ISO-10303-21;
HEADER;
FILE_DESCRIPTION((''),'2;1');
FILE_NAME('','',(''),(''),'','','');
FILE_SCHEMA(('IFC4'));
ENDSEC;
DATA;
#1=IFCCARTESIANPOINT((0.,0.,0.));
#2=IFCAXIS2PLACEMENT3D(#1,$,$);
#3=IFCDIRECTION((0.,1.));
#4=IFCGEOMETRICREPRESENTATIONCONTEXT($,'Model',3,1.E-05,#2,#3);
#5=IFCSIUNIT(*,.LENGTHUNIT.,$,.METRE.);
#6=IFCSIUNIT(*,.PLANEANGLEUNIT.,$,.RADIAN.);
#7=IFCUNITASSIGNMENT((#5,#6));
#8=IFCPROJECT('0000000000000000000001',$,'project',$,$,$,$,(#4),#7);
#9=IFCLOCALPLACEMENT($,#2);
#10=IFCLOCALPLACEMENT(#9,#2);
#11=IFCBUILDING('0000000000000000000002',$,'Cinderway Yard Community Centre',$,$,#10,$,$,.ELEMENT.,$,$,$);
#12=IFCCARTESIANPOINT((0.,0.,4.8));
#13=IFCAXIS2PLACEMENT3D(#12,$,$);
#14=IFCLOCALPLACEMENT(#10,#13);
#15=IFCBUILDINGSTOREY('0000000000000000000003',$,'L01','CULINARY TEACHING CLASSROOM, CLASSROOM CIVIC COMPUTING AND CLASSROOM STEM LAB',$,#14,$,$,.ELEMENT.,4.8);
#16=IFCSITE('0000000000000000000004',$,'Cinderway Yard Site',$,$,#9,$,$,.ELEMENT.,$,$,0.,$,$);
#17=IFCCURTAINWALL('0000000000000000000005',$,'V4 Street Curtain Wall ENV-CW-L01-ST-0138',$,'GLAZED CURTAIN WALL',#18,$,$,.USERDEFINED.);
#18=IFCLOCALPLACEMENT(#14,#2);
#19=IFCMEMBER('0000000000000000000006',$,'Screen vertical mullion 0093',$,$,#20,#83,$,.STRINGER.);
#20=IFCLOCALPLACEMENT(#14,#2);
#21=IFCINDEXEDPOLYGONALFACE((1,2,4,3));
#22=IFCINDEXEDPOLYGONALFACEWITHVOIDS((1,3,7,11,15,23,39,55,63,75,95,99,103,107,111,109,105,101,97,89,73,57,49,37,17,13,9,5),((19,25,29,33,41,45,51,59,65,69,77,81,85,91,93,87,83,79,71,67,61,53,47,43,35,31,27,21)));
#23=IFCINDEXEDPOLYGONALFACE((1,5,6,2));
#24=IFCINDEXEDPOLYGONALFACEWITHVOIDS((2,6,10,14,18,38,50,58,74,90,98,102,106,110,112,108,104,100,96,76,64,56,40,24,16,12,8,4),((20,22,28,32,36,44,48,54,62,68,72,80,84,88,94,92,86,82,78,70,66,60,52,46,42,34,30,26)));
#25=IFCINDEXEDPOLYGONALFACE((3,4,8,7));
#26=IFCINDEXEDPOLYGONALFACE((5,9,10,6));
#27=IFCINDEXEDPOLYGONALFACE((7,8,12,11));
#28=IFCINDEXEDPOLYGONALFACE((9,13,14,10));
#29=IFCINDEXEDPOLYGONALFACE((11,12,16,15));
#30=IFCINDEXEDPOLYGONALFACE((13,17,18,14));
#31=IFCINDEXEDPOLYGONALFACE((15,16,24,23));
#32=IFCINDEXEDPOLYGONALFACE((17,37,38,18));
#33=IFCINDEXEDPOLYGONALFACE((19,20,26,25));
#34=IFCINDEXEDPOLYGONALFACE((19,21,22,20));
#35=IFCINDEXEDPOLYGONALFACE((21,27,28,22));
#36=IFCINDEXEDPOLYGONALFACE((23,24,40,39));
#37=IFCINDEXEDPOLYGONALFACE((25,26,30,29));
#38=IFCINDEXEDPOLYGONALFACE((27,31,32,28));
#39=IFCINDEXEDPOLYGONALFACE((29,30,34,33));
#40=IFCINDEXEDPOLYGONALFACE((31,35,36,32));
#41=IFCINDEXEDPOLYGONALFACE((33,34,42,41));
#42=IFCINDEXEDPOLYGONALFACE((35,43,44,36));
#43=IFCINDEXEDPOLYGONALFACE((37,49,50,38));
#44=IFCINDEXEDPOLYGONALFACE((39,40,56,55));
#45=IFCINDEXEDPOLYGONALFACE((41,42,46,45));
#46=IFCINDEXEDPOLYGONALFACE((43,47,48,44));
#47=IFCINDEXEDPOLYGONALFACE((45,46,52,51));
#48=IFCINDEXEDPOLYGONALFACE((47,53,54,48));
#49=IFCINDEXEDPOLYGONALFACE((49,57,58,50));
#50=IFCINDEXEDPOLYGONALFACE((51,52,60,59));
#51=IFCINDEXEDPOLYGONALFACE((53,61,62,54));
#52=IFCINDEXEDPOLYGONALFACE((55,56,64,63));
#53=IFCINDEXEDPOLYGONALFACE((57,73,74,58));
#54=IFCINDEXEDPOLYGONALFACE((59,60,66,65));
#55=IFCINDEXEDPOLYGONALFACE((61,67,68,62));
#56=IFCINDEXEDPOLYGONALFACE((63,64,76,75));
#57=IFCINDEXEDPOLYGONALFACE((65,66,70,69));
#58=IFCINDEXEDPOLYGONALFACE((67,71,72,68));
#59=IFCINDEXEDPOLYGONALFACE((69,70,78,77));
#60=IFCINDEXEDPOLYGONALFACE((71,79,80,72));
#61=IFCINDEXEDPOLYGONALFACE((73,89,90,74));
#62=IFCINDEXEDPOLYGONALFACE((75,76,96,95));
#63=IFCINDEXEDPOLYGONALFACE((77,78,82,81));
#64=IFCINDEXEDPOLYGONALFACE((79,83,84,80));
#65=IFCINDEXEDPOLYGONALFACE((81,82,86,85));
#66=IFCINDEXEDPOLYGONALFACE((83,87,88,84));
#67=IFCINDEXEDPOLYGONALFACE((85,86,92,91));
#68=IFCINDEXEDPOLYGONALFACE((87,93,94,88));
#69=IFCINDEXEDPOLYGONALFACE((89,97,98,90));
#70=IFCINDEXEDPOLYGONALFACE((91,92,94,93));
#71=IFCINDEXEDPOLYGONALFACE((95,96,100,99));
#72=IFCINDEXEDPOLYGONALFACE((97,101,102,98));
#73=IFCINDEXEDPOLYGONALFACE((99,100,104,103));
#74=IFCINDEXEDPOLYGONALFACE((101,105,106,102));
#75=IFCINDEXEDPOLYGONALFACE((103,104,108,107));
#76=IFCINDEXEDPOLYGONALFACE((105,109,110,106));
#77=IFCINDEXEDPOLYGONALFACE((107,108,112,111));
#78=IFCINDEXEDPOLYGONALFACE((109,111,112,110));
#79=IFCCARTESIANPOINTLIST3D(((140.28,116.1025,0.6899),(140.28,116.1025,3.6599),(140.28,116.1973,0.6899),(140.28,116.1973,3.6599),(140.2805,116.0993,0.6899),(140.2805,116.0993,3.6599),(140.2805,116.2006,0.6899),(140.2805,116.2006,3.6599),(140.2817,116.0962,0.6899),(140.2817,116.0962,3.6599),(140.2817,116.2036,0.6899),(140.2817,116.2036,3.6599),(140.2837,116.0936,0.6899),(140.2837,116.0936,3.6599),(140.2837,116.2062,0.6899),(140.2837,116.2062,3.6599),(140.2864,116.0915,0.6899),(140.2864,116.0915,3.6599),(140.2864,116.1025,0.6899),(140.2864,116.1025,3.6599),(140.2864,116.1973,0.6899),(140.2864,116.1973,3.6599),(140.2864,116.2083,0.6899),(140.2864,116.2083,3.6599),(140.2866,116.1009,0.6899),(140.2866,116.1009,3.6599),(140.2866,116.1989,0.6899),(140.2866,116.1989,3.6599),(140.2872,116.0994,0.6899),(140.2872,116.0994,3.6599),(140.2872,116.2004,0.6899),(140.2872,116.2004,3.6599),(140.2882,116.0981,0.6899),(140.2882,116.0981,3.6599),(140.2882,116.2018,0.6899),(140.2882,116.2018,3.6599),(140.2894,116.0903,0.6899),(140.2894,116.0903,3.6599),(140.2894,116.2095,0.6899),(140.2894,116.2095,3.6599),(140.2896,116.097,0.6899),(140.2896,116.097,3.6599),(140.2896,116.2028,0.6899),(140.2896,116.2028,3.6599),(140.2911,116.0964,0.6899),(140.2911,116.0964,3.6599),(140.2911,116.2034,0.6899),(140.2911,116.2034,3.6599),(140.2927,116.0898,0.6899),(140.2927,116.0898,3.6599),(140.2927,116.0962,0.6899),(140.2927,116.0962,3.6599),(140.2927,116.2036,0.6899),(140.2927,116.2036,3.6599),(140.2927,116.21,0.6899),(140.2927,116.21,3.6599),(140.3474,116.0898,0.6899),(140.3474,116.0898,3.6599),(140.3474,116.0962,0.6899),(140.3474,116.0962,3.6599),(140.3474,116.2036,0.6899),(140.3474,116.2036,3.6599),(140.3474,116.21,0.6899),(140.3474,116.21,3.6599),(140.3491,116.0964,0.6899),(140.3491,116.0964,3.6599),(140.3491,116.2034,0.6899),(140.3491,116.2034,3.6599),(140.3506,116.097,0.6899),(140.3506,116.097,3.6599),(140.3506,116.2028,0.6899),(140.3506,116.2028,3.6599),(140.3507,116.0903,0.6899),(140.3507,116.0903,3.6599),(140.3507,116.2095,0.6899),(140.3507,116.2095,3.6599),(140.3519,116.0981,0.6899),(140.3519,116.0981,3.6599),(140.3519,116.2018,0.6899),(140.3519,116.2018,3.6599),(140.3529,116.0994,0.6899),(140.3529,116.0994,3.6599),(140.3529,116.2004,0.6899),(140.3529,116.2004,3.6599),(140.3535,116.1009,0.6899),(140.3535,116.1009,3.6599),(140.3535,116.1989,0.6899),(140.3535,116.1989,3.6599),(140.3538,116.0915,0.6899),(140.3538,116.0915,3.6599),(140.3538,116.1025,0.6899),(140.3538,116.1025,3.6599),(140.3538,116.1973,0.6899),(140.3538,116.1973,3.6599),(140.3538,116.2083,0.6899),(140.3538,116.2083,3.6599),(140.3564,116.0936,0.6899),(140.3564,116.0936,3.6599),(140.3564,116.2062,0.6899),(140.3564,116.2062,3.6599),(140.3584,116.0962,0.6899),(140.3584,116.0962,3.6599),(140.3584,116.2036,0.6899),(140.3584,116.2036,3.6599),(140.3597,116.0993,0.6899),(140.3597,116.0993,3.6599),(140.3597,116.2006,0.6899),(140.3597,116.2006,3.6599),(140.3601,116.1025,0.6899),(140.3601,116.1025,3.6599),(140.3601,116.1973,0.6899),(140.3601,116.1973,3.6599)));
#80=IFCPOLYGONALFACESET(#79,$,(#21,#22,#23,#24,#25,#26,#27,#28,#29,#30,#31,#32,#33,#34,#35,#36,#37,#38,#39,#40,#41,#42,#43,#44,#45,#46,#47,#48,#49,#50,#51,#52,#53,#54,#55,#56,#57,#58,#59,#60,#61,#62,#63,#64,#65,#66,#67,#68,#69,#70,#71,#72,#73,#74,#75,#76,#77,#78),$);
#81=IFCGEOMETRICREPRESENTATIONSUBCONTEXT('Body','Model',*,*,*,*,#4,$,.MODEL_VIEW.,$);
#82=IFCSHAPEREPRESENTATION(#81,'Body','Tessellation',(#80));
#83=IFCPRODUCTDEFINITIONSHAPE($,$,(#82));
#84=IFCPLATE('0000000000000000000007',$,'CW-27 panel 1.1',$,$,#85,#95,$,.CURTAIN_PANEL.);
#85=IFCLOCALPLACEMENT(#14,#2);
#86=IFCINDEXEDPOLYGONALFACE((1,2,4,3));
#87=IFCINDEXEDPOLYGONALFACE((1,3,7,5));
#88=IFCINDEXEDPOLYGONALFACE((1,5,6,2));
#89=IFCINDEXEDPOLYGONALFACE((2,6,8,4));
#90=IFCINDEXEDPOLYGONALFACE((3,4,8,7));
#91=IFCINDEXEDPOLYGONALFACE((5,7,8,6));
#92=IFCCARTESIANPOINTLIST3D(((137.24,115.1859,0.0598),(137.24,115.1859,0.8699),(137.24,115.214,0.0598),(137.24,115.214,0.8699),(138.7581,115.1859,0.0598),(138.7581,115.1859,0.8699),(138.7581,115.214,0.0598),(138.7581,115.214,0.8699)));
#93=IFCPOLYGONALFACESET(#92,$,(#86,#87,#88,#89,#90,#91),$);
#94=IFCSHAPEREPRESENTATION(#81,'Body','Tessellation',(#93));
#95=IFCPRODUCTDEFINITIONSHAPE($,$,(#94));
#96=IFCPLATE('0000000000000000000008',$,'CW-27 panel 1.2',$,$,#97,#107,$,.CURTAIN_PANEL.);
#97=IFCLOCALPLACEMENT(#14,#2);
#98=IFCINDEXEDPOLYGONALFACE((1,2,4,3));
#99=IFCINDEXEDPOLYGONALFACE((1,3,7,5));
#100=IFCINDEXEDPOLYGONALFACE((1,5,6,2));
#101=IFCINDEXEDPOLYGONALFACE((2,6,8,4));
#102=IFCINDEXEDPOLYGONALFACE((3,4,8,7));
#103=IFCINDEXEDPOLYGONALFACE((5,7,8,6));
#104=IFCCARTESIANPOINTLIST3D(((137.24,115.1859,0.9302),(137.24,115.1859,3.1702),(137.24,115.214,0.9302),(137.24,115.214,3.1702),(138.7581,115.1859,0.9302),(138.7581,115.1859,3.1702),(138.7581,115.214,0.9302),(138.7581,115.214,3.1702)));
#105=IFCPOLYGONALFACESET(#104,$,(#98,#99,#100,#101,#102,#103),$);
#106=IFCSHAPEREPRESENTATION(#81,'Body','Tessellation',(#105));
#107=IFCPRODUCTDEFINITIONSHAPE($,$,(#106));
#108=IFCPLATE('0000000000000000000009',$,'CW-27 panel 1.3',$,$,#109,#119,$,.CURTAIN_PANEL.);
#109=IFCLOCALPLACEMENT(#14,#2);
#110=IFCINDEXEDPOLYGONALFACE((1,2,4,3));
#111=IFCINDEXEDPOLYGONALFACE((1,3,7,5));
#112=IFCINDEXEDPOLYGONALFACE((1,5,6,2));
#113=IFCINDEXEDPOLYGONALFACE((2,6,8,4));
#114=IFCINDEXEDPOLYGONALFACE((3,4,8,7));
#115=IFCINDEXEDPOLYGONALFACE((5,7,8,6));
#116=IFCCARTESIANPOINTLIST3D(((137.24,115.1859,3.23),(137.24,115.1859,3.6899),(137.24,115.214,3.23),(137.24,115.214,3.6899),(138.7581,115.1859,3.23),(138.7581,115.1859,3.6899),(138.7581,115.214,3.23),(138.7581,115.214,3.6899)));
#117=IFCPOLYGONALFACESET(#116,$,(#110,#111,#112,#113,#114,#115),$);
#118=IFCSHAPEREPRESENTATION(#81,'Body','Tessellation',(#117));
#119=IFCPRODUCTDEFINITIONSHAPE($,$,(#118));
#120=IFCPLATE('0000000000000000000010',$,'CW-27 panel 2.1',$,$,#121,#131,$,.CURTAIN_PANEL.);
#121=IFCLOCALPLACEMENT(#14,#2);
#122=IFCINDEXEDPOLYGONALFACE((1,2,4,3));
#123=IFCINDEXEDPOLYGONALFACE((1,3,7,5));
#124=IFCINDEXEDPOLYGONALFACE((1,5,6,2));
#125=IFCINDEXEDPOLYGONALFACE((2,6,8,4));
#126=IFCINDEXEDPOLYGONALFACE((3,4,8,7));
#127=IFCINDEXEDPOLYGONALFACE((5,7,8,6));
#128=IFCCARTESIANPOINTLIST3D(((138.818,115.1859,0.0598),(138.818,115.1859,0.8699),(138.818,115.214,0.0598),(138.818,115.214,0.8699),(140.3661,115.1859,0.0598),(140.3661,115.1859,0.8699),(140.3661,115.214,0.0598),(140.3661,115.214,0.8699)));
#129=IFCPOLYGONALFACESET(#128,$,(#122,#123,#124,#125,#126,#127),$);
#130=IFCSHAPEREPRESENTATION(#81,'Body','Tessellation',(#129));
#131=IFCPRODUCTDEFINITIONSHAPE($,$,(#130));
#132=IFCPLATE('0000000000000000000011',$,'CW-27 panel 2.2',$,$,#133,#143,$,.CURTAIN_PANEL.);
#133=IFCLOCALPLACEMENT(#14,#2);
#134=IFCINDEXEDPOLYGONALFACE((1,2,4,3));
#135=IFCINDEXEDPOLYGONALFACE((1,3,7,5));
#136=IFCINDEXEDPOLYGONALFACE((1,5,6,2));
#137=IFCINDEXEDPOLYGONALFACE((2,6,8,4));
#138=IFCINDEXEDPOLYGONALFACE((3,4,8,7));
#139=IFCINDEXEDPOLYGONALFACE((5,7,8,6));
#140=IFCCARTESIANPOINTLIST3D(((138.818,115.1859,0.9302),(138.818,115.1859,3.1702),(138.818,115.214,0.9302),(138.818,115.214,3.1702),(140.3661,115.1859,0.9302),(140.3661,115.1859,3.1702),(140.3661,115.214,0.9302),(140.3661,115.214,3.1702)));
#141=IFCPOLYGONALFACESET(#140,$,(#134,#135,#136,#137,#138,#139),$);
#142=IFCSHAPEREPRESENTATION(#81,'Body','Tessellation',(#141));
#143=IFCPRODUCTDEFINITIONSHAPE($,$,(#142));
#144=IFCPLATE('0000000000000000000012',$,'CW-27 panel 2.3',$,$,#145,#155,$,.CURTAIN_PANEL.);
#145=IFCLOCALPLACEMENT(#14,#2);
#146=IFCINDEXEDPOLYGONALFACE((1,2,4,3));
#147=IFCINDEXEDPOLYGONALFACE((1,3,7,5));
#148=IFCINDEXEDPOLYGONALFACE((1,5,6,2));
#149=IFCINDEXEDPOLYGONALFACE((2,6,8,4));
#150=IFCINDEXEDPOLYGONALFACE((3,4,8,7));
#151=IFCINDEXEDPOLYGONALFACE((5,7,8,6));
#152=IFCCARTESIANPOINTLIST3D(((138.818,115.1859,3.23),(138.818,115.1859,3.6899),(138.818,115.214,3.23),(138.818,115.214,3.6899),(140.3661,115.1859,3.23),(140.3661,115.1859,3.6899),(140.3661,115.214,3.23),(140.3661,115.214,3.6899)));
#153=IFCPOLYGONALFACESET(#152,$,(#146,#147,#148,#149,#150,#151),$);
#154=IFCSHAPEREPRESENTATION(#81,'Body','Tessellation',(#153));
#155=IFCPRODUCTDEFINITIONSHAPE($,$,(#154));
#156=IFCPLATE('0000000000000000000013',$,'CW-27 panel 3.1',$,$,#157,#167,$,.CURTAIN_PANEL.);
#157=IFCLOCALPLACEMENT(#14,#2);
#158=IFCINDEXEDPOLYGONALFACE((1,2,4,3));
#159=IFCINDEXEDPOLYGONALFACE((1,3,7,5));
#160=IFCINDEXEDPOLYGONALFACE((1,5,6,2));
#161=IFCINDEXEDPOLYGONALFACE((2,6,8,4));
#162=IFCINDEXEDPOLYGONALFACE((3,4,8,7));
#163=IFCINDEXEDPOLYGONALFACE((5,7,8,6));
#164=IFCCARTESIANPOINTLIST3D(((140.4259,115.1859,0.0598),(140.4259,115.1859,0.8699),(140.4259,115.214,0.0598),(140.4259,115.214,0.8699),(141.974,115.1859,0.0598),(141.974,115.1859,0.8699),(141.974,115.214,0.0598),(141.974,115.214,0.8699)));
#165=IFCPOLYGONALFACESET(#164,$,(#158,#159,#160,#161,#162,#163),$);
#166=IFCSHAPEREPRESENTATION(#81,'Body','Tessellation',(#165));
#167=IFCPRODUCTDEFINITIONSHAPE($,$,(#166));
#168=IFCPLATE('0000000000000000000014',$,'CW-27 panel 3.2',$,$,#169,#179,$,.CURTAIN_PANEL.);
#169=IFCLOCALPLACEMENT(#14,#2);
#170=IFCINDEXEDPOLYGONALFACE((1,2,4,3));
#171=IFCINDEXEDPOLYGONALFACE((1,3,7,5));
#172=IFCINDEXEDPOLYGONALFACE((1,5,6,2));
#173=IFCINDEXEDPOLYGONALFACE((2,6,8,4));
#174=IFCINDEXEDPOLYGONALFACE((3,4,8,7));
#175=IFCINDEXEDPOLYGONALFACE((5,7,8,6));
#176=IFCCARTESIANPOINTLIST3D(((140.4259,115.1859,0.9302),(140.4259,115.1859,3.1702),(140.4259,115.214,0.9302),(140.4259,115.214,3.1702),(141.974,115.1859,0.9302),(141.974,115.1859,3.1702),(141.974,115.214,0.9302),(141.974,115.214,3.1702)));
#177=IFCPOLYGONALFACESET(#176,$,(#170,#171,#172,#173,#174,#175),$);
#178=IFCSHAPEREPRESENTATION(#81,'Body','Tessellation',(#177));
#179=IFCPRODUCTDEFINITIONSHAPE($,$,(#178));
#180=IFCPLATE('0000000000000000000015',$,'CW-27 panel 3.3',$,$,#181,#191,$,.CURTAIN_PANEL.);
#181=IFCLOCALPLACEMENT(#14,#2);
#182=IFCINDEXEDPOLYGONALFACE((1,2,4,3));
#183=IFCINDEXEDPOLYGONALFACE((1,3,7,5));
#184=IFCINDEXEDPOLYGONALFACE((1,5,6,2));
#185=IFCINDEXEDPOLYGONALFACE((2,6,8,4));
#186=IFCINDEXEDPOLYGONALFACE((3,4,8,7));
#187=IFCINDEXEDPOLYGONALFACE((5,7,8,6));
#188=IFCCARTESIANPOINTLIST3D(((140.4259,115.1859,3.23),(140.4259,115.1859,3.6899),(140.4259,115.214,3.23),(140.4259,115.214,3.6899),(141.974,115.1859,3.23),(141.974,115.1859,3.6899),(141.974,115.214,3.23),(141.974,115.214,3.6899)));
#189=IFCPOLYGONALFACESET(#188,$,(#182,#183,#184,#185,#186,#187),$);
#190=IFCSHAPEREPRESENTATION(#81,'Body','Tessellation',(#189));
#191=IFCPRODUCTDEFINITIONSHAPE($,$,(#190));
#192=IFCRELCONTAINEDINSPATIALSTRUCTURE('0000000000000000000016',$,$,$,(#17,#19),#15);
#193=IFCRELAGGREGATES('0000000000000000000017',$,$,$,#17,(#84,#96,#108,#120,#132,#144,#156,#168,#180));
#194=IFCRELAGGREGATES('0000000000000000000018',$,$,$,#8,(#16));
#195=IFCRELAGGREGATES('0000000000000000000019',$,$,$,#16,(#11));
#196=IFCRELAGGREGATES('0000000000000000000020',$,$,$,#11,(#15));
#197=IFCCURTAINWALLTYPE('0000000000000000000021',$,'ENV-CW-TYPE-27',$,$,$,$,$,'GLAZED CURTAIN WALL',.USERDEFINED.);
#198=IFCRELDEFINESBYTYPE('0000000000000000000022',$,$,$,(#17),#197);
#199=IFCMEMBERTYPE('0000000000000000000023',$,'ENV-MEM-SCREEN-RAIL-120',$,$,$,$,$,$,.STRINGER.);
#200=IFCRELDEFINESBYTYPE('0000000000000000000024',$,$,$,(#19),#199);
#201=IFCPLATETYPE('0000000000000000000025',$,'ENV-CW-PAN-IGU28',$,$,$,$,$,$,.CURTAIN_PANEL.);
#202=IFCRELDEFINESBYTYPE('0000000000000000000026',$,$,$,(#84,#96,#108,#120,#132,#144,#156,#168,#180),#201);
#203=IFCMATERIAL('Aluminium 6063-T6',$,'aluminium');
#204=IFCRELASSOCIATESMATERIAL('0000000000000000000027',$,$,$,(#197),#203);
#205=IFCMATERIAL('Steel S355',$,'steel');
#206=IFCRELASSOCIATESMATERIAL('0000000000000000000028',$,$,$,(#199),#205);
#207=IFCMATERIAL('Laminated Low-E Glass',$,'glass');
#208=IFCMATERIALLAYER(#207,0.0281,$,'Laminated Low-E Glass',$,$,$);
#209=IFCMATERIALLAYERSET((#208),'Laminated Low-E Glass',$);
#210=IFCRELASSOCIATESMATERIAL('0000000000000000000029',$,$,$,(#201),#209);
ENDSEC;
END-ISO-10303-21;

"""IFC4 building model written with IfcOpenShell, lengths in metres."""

from ifc_helpers import new_model, si_unit, direction, frame, origin, origin_2d, place, context, subcontext, project, spatial, rectangle, hollow_rectangle, extrude, material, layer, layer_set, material_profile, profile_set, type_object, element, aggregate, save


model = new_model("IFC4")

# Units and contexts
model_context = context("Model", 3, precision=1e-05, world=origin(), true_north=direction((0.0, 1.0)))
body_context = subcontext(model_context, "Body", "Model", "MODEL_VIEW")
ifc_project = project(units=[si_unit("LENGTHUNIT", "METRE"), si_unit("PLANEANGLEUNIT", "RADIAN")], contexts=[model_context])

# Site, building, storey
site_placement = place(None, origin())
site = spatial("IfcSite", under=ifc_project, at=site_placement, Name="Cinderway Yard Site", CompositionType="ELEMENT", RefElevation=0.0)
building_placement = place(site_placement, origin())
building = spatial("IfcBuilding", under=site, at=building_placement, Name="Cinderway Yard Community Centre", CompositionType="ELEMENT")
storey_placement = place(building_placement, frame((0.0, 0.0, 4.8)))
storey = spatial("IfcBuildingStorey", under=building, at=storey_placement, Name="L01", Description="CULINARY TEACHING CLASSROOM, CLASSROOM CIVIC COMPUTING AND CLASSROOM STEM LAB", CompositionType="ELEMENT", Elevation=4.8)

# Curtain wall
ifc_material_1 = material(Name="Aluminium 6063-T6", Category="aluminium")
curtain_wall_type = type_object("IfcCurtainWallType", Name="ENV-CW-TYPE-27", ElementType="GLAZED CURTAIN WALL", PredefinedType="USERDEFINED", material=ifc_material_1)
curtain_wall_placement = place(storey_placement, origin())
curtain_wall = element("IfcCurtainWall", 1, at=curtain_wall_placement, inside=storey, type_object=curtain_wall_type, Name="V4 Street Curtain Wall ENV-CW-L01-ST-0138", ObjectType="GLAZED CURTAIN WALL", PredefinedType="USERDEFINED")

# Member
ifc_material_2 = material(Name="Steel S355", Category="steel")
ifc_material_profile_1 = material_profile(ifc_material_2, hollow_rectangle(XDim=0.0801, YDim=0.1201, WallThickness=0.0063, InnerFilletRadius=0.0063, OuterFilletRadius=0.0127, at=origin_2d()), Name="Steel S355")
ifc_profile_set_1 = profile_set([ifc_material_profile_1], Name="Steel S355")
member_type_1 = type_object("IfcMemberType", Name="ENV-MEM-SCREEN-RAIL-120", PredefinedType="STRINGER", material=ifc_profile_set_1)
for number, where, z_axis, x_axis, name in (
    (2, (140.3201, 116.1499, 0.6899), (0.0, 0.0, 1.0), (1.0, 0.0, 0.0), "Screen vertical mullion 0093"),
):
    element("IfcMember", number, at=place(storey_placement, frame(where, z_axis=z_axis, x_axis=x_axis)), inside=storey, type_object=member_type_1, Name=name, PredefinedType="STRINGER", context=body_context, shape_type="SweptSolid", body=[
        extrude(hollow_rectangle(XDim=0.0801, YDim=0.1201, WallThickness=0.0063, InnerFilletRadius=0.0063, OuterFilletRadius=0.0127, at=origin_2d()), origin(), (0.0, 0.0, 1.0), 2.97),
    ])

# Plates
ifc_material_3 = material(Name="Laminated Low-E Glass", Category="glass")
ifc_layer_1 = layer(ifc_material_3, 0.0281, Name="Laminated Low-E Glass")
ifc_layer_set_1 = layer_set([ifc_layer_1], Name="Laminated Low-E Glass")
plate_type = type_object("IfcPlateType", Name="ENV-CW-PAN-IGU28", PredefinedType="CURTAIN_PANEL", material=ifc_layer_set_1)
plate_1_placement = place(storey_placement, frame((137.999, 115.2, 0.0598), z_axis=(0.0, 0.0, 1.0), x_axis=(1.0, 0.0, 0.0)))
plate_1 = element("IfcPlate", 3, at=plate_1_placement, type_object=plate_type, Name="CW-27 panel 1.1", PredefinedType="CURTAIN_PANEL", context=body_context, shape_type="SweptSolid", body=[
    extrude(rectangle(XDim=1.5181, YDim=0.0281, at=origin_2d()), origin(), (0.0, 0.0, 1.0), 0.8101),
])
plate_2_placement = place(storey_placement, frame((137.999, 115.2, 0.9302), z_axis=(0.0, 0.0, 1.0), x_axis=(1.0, 0.0, 0.0)))
plate_2 = element("IfcPlate", 4, at=plate_2_placement, type_object=plate_type, Name="CW-27 panel 1.2", PredefinedType="CURTAIN_PANEL", context=body_context, shape_type="SweptSolid", body=[
    extrude(rectangle(XDim=1.5181, YDim=0.0281, at=origin_2d()), origin(), (0.0, 0.0, 1.0), 2.24),
])
plate_3_placement = place(storey_placement, frame((137.999, 115.2, 3.23), z_axis=(0.0, 0.0, 1.0), x_axis=(1.0, 0.0, 0.0)))
plate_3 = element("IfcPlate", 5, at=plate_3_placement, type_object=plate_type, Name="CW-27 panel 1.3", PredefinedType="CURTAIN_PANEL", context=body_context, shape_type="SweptSolid", body=[
    extrude(rectangle(XDim=1.5181, YDim=0.0281, at=origin_2d()), origin(), (0.0, 0.0, 1.0), 0.46),
])
plate_4_placement = place(storey_placement, frame((139.592, 115.2, 0.0598), z_axis=(0.0, 0.0, 1.0), x_axis=(1.0, 0.0, 0.0)))
plate_4 = element("IfcPlate", 6, at=plate_4_placement, type_object=plate_type, Name="CW-27 panel 2.1", PredefinedType="CURTAIN_PANEL", context=body_context, shape_type="SweptSolid", body=[
    extrude(rectangle(XDim=1.5481, YDim=0.0281, at=origin_2d()), origin(), (0.0, 0.0, 1.0), 0.8101),
])
plate_5_placement = place(storey_placement, frame((139.592, 115.2, 0.9302), z_axis=(0.0, 0.0, 1.0), x_axis=(1.0, 0.0, 0.0)))
plate_5 = element("IfcPlate", 7, at=plate_5_placement, type_object=plate_type, Name="CW-27 panel 2.2", PredefinedType="CURTAIN_PANEL", context=body_context, shape_type="SweptSolid", body=[
    extrude(rectangle(XDim=1.5481, YDim=0.0281, at=origin_2d()), origin(), (0.0, 0.0, 1.0), 2.24),
])
plate_6_placement = place(storey_placement, frame((139.592, 115.2, 3.23), z_axis=(0.0, 0.0, 1.0), x_axis=(1.0, 0.0, 0.0)))
plate_6 = element("IfcPlate", 8, at=plate_6_placement, type_object=plate_type, Name="CW-27 panel 2.3", PredefinedType="CURTAIN_PANEL", context=body_context, shape_type="SweptSolid", body=[
    extrude(rectangle(XDim=1.5481, YDim=0.0281, at=origin_2d()), origin(), (0.0, 0.0, 1.0), 0.46),
])
plate_7_placement = place(storey_placement, frame((141.2, 115.2, 0.0598), z_axis=(0.0, 0.0, 1.0), x_axis=(1.0, 0.0, 0.0)))
plate_7 = element("IfcPlate", 9, at=plate_7_placement, type_object=plate_type, Name="CW-27 panel 3.1", PredefinedType="CURTAIN_PANEL", context=body_context, shape_type="SweptSolid", body=[
    extrude(rectangle(XDim=1.5481, YDim=0.0281, at=origin_2d()), origin(), (0.0, 0.0, 1.0), 0.8101),
])
plate_8_placement = place(storey_placement, frame((141.2, 115.2, 0.9302), z_axis=(0.0, 0.0, 1.0), x_axis=(1.0, 0.0, 0.0)))
plate_8 = element("IfcPlate", 10, at=plate_8_placement, type_object=plate_type, Name="CW-27 panel 3.2", PredefinedType="CURTAIN_PANEL", context=body_context, shape_type="SweptSolid", body=[
    extrude(rectangle(XDim=1.5481, YDim=0.0281, at=origin_2d()), origin(), (0.0, 0.0, 1.0), 2.24),
])
plate_9_placement = place(storey_placement, frame((141.2, 115.2, 3.23), z_axis=(0.0, 0.0, 1.0), x_axis=(1.0, 0.0, 0.0)))
plate_9 = element("IfcPlate", 11, at=plate_9_placement, type_object=plate_type, Name="CW-27 panel 3.3", PredefinedType="CURTAIN_PANEL", context=body_context, shape_type="SweptSolid", body=[
    extrude(rectangle(XDim=1.5481, YDim=0.0281, at=origin_2d()), origin(), (0.0, 0.0, 1.0), 0.46),
])
aggregate(curtain_wall, [plate_1, plate_2, plate_3, plate_4, plate_5, plate_6, plate_7, plate_8, plate_9])

save(model, "model.ifc")
